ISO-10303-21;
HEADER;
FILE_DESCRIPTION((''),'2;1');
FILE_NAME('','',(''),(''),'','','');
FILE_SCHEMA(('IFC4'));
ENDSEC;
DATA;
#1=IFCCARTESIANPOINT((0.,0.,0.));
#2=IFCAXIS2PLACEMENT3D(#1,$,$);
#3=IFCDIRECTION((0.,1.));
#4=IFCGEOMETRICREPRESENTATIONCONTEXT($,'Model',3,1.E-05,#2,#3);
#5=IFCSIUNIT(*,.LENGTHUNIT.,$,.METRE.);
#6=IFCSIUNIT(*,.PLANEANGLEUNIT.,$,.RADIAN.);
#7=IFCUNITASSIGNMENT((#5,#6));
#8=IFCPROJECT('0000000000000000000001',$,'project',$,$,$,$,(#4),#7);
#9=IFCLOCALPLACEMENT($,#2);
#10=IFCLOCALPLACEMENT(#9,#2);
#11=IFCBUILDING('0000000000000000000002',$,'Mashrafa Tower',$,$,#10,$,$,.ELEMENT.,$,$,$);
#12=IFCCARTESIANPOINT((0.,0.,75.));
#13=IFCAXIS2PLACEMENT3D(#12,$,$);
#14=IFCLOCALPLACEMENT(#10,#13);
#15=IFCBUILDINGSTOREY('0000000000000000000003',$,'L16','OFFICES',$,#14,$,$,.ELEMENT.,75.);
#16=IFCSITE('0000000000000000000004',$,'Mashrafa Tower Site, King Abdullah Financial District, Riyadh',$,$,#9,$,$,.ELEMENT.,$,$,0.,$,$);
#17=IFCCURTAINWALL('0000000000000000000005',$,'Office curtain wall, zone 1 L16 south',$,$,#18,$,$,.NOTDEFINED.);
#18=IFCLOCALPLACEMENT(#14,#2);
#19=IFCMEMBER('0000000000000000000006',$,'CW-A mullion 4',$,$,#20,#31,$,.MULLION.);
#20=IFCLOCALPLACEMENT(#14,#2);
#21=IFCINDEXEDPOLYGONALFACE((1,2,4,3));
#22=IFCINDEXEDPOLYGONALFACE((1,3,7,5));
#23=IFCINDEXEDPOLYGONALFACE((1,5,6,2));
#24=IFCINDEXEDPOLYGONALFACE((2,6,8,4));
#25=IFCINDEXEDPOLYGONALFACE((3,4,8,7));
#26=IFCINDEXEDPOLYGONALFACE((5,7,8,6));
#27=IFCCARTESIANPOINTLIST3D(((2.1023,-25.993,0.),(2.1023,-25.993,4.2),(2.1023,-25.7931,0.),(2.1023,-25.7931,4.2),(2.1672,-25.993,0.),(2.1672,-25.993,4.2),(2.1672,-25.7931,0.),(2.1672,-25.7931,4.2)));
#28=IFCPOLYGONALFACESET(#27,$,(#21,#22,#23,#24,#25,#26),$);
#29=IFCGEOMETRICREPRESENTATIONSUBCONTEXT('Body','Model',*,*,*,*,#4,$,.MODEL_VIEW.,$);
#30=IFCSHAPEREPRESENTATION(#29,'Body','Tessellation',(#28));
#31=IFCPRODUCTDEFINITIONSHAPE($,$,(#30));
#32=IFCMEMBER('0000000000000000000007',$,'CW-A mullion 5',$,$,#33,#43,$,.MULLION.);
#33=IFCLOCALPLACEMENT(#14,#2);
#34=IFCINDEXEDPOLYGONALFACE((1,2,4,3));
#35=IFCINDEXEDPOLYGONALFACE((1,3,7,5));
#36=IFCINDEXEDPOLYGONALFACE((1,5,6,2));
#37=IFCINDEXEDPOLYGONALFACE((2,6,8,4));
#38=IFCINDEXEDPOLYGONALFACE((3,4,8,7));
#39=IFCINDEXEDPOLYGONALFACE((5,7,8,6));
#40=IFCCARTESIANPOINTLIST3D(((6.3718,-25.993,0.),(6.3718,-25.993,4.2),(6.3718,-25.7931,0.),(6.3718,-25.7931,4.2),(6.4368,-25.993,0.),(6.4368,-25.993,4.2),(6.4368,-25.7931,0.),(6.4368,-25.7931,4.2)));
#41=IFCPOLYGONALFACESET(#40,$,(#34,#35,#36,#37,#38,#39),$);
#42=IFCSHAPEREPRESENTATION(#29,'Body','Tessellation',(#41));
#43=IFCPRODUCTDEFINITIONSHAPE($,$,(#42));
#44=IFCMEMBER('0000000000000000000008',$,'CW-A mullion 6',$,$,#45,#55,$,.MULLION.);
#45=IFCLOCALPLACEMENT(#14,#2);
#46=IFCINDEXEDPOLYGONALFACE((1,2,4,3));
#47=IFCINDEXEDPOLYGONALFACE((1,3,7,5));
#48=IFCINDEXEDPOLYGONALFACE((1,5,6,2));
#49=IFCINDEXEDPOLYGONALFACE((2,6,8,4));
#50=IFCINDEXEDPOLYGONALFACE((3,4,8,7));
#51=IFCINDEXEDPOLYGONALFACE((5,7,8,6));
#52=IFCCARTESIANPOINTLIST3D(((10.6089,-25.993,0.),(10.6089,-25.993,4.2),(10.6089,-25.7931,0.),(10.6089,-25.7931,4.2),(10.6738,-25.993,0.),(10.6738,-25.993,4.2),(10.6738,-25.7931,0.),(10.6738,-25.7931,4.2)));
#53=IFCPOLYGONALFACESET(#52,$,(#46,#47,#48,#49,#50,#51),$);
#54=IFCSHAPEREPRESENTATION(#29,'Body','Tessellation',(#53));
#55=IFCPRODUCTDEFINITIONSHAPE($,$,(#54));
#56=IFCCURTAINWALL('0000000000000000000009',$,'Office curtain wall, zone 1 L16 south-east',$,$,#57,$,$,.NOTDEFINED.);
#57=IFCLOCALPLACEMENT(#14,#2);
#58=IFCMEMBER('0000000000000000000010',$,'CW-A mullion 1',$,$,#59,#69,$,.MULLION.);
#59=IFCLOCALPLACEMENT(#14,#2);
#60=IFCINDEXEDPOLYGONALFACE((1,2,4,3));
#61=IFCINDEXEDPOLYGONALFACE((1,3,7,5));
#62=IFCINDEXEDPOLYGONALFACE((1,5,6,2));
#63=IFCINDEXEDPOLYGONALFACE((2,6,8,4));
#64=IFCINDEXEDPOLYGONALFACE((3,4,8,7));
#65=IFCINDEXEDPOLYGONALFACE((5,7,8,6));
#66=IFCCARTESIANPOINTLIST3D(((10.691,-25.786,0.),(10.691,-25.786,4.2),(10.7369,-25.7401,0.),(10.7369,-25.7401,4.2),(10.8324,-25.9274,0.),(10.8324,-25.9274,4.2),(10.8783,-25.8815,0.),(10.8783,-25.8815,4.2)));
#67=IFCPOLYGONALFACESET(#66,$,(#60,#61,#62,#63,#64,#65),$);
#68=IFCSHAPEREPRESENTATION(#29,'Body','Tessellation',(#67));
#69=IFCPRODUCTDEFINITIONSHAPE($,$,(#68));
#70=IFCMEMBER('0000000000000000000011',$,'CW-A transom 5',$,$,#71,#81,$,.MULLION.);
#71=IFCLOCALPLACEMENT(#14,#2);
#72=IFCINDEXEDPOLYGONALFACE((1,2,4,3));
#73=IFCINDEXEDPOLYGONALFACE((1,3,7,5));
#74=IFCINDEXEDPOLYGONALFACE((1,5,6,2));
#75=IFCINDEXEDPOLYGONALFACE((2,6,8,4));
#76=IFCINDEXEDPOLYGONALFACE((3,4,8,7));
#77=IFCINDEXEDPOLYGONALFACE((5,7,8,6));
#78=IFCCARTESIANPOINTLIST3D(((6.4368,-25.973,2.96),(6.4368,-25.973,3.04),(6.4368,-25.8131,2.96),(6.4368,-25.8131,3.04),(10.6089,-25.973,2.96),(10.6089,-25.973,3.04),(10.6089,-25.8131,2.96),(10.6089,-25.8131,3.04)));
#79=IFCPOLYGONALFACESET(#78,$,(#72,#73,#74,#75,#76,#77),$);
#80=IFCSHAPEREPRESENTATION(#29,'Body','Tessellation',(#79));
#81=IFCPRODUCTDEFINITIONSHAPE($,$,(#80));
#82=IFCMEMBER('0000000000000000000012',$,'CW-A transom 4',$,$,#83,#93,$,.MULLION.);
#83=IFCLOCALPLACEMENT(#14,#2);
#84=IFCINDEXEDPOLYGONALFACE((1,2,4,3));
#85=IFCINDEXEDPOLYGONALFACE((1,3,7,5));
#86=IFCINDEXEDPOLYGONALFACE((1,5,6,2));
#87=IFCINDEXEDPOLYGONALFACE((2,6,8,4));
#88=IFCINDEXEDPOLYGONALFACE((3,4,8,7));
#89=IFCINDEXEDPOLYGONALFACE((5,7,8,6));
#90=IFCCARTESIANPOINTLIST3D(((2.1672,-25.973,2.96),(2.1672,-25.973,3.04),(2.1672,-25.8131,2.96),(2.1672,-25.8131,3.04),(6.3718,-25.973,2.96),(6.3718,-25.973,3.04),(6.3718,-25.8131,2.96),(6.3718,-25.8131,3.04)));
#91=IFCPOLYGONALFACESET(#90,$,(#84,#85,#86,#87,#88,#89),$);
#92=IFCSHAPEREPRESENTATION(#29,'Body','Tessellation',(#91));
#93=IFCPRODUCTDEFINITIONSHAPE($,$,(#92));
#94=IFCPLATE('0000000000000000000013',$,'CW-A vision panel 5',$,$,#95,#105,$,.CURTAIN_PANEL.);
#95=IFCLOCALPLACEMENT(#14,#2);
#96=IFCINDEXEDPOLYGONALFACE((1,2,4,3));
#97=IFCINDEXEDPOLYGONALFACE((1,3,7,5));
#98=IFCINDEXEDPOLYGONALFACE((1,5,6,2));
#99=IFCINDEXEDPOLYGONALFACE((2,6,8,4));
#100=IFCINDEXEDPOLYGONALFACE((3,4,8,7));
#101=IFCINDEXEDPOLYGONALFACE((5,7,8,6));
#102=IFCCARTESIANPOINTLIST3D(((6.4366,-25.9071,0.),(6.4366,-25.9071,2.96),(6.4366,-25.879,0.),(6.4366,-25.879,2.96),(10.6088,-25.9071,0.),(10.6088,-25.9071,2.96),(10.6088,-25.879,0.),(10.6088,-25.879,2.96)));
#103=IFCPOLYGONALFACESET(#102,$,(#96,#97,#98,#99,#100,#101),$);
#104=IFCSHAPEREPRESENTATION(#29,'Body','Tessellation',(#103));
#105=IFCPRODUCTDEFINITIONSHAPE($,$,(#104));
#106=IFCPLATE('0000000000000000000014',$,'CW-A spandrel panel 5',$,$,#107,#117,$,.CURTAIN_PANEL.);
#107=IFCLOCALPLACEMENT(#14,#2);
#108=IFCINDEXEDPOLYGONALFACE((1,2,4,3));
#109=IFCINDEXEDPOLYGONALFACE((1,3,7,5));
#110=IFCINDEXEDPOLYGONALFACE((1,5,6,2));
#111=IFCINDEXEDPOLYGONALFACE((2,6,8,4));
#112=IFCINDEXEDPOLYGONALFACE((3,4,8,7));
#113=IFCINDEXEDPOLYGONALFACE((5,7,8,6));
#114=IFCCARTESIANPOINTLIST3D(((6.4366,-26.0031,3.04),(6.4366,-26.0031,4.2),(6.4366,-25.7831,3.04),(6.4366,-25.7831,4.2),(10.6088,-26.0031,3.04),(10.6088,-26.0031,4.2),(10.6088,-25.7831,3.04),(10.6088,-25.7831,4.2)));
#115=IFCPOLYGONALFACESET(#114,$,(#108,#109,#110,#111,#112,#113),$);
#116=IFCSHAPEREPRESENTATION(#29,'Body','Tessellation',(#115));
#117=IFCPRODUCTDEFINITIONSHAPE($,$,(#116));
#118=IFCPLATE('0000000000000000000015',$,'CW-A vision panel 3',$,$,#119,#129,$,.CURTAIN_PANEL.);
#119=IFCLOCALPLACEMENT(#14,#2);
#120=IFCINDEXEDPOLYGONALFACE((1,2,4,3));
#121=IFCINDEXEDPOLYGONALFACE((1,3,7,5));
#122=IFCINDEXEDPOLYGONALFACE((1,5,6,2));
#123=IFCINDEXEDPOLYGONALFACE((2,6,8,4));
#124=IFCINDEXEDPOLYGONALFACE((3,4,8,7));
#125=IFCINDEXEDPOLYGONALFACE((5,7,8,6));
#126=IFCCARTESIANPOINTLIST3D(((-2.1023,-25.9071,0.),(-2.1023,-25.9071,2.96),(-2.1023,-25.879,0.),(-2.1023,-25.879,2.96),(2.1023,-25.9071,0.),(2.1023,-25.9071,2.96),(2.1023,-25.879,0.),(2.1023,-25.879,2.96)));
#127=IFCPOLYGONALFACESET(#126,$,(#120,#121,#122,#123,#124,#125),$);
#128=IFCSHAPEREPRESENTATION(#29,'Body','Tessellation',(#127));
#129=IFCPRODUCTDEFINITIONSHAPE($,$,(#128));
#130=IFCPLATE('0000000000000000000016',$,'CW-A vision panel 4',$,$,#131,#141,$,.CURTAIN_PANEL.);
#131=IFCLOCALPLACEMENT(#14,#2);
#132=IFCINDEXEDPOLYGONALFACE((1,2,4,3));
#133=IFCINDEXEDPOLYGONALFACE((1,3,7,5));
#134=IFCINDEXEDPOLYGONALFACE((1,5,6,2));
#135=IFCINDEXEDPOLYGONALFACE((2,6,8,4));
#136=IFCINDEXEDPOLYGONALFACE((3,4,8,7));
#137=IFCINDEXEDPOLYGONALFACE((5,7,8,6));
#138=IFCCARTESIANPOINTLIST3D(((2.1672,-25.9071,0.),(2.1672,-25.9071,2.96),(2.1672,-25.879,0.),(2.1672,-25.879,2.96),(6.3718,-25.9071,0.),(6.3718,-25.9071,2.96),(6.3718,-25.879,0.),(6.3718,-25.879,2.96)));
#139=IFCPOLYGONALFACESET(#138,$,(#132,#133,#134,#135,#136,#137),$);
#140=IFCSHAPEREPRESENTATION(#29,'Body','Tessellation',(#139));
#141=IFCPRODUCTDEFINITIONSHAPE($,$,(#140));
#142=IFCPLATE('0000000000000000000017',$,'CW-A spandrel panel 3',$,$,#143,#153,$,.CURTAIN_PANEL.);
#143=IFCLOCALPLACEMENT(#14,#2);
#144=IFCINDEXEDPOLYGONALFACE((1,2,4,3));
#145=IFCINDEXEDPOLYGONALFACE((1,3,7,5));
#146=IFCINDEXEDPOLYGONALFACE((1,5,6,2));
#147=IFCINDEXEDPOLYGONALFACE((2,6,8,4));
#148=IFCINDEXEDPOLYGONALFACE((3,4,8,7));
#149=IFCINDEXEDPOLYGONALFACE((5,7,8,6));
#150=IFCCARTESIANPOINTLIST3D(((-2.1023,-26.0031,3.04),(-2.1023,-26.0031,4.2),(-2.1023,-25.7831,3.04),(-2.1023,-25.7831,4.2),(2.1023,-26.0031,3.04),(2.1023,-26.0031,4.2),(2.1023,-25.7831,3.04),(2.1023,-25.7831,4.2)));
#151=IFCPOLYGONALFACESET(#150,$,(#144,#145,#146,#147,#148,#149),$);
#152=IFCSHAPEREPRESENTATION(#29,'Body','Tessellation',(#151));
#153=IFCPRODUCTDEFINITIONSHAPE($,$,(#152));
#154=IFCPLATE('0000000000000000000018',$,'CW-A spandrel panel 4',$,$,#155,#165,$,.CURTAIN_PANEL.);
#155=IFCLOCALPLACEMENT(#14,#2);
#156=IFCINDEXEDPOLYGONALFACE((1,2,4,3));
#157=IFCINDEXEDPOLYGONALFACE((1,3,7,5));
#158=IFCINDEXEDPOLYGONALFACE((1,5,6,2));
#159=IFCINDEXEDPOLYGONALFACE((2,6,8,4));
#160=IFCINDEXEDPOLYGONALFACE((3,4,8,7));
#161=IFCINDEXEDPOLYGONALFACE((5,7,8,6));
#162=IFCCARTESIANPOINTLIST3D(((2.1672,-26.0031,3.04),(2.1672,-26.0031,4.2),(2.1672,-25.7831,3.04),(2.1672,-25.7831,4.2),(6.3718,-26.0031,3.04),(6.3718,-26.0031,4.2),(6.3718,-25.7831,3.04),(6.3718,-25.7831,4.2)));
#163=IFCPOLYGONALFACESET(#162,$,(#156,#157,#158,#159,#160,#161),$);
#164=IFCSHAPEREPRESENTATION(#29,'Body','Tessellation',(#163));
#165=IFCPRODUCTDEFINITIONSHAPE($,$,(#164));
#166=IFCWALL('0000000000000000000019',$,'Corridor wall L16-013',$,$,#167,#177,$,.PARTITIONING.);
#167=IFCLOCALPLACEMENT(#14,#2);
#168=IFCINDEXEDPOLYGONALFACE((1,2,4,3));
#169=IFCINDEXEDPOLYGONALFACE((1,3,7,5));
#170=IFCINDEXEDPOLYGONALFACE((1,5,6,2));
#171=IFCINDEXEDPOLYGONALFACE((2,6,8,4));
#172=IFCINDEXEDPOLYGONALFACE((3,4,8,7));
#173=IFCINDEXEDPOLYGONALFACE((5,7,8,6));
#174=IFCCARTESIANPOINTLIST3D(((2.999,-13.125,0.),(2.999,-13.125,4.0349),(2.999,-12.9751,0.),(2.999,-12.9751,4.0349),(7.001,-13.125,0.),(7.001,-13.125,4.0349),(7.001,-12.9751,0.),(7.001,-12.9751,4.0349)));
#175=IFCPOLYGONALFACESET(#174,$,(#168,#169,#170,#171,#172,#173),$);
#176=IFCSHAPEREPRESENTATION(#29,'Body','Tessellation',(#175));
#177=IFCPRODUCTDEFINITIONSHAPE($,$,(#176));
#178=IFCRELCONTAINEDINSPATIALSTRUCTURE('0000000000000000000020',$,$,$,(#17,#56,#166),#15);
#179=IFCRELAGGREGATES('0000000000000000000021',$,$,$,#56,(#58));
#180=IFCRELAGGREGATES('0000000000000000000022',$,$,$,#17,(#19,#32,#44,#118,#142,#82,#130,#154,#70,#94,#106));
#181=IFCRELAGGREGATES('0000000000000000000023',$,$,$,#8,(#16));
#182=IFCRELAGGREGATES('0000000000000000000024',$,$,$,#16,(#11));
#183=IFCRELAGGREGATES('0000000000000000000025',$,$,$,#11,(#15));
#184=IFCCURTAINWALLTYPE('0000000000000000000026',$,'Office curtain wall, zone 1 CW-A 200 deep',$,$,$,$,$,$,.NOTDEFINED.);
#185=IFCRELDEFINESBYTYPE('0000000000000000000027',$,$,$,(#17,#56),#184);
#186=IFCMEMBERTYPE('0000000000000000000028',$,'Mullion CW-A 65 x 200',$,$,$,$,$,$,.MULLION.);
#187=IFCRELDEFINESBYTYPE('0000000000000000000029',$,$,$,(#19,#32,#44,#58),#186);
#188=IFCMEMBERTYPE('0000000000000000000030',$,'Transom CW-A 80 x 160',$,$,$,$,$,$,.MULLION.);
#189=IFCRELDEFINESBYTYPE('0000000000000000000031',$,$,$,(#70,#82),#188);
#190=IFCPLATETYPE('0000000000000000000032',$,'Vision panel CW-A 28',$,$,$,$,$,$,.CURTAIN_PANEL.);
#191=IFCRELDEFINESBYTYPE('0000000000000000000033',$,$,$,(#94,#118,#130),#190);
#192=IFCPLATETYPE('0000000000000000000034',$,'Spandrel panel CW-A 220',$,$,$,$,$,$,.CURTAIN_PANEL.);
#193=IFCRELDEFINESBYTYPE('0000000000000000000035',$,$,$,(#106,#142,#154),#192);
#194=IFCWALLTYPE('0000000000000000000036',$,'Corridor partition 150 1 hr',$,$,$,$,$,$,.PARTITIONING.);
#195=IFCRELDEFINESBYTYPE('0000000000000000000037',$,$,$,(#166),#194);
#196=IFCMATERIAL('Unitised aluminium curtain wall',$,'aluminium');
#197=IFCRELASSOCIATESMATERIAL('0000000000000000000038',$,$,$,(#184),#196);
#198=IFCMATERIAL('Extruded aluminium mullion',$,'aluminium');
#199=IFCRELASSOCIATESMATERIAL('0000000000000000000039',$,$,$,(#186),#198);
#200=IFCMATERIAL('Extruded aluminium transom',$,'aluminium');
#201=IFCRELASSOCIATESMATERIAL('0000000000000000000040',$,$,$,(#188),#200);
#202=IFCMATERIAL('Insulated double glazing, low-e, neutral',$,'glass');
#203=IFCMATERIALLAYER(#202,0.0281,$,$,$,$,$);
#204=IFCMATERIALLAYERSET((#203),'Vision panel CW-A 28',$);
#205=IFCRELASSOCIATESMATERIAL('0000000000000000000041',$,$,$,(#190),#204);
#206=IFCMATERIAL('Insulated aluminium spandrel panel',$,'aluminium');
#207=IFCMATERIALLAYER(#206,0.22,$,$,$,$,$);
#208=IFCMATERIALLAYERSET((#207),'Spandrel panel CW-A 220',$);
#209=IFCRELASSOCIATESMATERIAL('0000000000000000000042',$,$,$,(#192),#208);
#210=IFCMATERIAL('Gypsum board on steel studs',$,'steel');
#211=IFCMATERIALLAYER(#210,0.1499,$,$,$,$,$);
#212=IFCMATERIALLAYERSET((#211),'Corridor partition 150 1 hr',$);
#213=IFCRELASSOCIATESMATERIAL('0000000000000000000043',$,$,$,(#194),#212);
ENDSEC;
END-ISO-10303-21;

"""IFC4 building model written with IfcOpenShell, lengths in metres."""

from ifc_helpers import new_model, si_unit, direction, frame, frame_2d, origin, origin_2d, place, context, subcontext, project, spatial, rectangle, extrude, source, transform, mapped, material, layer, layer_set, material_profile, profile_set, type_object, type_shapes, element, aggregate, save


model = new_model("IFC4")

# Units and contexts
model_context = context("Model", 3, precision=1e-05, world=origin(), true_north=direction((0.0, 1.0)))
body_context = subcontext(model_context, "Body", "Model", "MODEL_VIEW")
ifc_project = project(units=[si_unit("LENGTHUNIT", "METRE"), si_unit("PLANEANGLEUNIT", "RADIAN")], contexts=[model_context])

# Site, building, storey
site_placement = place(None, origin())
site = spatial("IfcSite", under=ifc_project, at=site_placement, Name="Mashrafa Tower Site, King Abdullah Financial District, Riyadh", CompositionType="ELEMENT", RefElevation=0.0)
building_placement = place(site_placement, origin())
building = spatial("IfcBuilding", under=site, at=building_placement, Name="Mashrafa Tower", CompositionType="ELEMENT")
storey_placement = place(building_placement, frame((0.0, 0.0, 75.0)))
storey = spatial("IfcBuildingStorey", under=building, at=storey_placement, Name="L16", Description="OFFICES", CompositionType="ELEMENT", Elevation=75.0)

# Curtain wall, members
ifc_material_1 = material(Name="Unitised aluminium curtain wall", Category="aluminium")
curtain_wall_type = type_object("IfcCurtainWallType", Name="Office curtain wall, zone 1 CW-A 200 deep", PredefinedType="NOTDEFINED", material=ifc_material_1)
curtain_wall_1_placement = place(storey_placement, origin())
curtain_wall_1 = element("IfcCurtainWall", 1, at=curtain_wall_1_placement, inside=storey, type_object=curtain_wall_type, Name="Office curtain wall, zone 1 L16 south", PredefinedType="NOTDEFINED")
ifc_material_2 = material(Name="Extruded aluminium mullion", Category="aluminium")
ifc_material_profile_1 = material_profile(ifc_material_2, rectangle(XDim=0.2, YDim=0.0649, at=origin_2d()), Name="Mullion 65x200")
ifc_profile_set_1 = profile_set([ifc_material_profile_1], Name="Extruded aluminium mullion")
member_type_1 = type_object("IfcMemberType", Name="Mullion CW-A 65 x 200", PredefinedType="MULLION", material=ifc_profile_set_1)
shared_shape_1 = source(origin(), body_context, "Body", "SweptSolid", [
    extrude(rectangle(XDim=0.2, YDim=0.0649, at=origin_2d()), origin(), (0.0, 0.0, 1.0), 4.2),
])
type_shapes(member_type_1, [shared_shape_1])
member_1_placement = place(storey_placement, frame((2.1348, -25.8931, 0.0), z_axis=(0.0, 0.0, 1.0), x_axis=(0.0, 1.0, 0.0)))
member_1 = element("IfcMember", 2, at=member_1_placement, type_object=member_type_1, Name="CW-A mullion 4", PredefinedType="MULLION", context=body_context, shape_type="MappedRepresentation", body=[
    mapped(shared_shape_1, transform((0.0, 0.0, 0.0))),
])
member_2_placement = place(storey_placement, frame((6.4043, -25.8931, 0.0), z_axis=(0.0, 0.0, 1.0), x_axis=(0.0, 1.0, 0.0)))
member_2 = element("IfcMember", 3, at=member_2_placement, type_object=member_type_1, Name="CW-A mullion 5", PredefinedType="MULLION", context=body_context, shape_type="MappedRepresentation", body=[
    mapped(shared_shape_1, transform((0.0, 0.0, 0.0))),
])
member_3_placement = place(storey_placement, frame((10.6414, -25.8931, 0.0), z_axis=(0.0, 0.0, 1.0), x_axis=(0.0, 1.0, 0.0)))
member_3 = element("IfcMember", 4, at=member_3_placement, type_object=member_type_1, Name="CW-A mullion 6", PredefinedType="MULLION", context=body_context, shape_type="MappedRepresentation", body=[
    mapped(shared_shape_1, transform((0.0, 0.0, 0.0))),
])

# Curtain wall, member
curtain_wall_2_placement = place(storey_placement, origin())
curtain_wall_2 = element("IfcCurtainWall", 5, at=curtain_wall_2_placement, inside=storey, type_object=curtain_wall_type, Name="Office curtain wall, zone 1 L16 south-east", PredefinedType="NOTDEFINED")
member_4_placement = place(storey_placement, frame((10.7847, -25.8337, 0.0), z_axis=(0.0, 0.0, 1.0), x_axis=(-0.707107, 0.707107, 0.0)))
member_4 = element("IfcMember", 6, at=member_4_placement, type_object=member_type_1, Name="CW-A mullion 1", PredefinedType="MULLION", context=body_context, shape_type="MappedRepresentation", body=[
    mapped(shared_shape_1, transform((0.0, 0.0, 0.0))),
])
aggregate(curtain_wall_2, [member_4])

# Members
ifc_material_3 = material(Name="Extruded aluminium transom", Category="aluminium")
ifc_material_profile_2 = material_profile(ifc_material_3, rectangle(XDim=0.1599, YDim=0.0801, at=origin_2d()), Name="Transom 80x160")
ifc_profile_set_2 = profile_set([ifc_material_profile_2], Name="Extruded aluminium transom")
member_type_2 = type_object("IfcMemberType", Name="Transom CW-A 80 x 160", PredefinedType="MULLION", material=ifc_profile_set_2)
shared_shape_2 = source(origin(), body_context, "Body", "SweptSolid", [
    extrude(rectangle(XDim=0.1599, YDim=0.0801, at=origin_2d()), origin(), (0.0, 0.0, 1.0), 4.1721),
])
member_5_placement = place(storey_placement, frame((6.4368, -25.8931, 3.0), z_axis=(1.0, 0.0, 0.0), x_axis=(0.0, 1.0, 0.0)))
member_5 = element("IfcMember", 7, at=member_5_placement, type_object=member_type_2, Name="CW-A transom 5", PredefinedType="MULLION", context=body_context, shape_type="MappedRepresentation", body=[
    mapped(shared_shape_2, transform((0.0, 0.0, 0.0))),
])
shared_shape_3 = source(origin(), body_context, "Body", "SweptSolid", [
    extrude(rectangle(XDim=0.1599, YDim=0.0801, at=origin_2d()), origin(), (0.0, 0.0, 1.0), 4.2046),
])
type_shapes(member_type_2, [shared_shape_2, shared_shape_3])
member_6_placement = place(storey_placement, frame((2.1672, -25.8931, 3.0), z_axis=(1.0, 0.0, 0.0), x_axis=(0.0, 1.0, 0.0)))
member_6 = element("IfcMember", 8, at=member_6_placement, type_object=member_type_2, Name="CW-A transom 4", PredefinedType="MULLION", context=body_context, shape_type="MappedRepresentation", body=[
    mapped(shared_shape_3, transform((0.0, 0.0, 0.0))),
])

# Plates
ifc_material_4 = material(Name="Insulated double glazing, low-e, neutral", Category="glass")
ifc_layer_1 = layer(ifc_material_4, 0.0281)
ifc_layer_set_1 = layer_set([ifc_layer_1], Name="Vision panel CW-A 28")
plate_type_1 = type_object("IfcPlateType", Name="Vision panel CW-A 28", PredefinedType="CURTAIN_PANEL", material=ifc_layer_set_1)
shared_shape_4 = source(origin(), body_context, "Body", "SweptSolid", [
    extrude(rectangle(XDim=4.1721, YDim=0.0281, at=origin_2d()), origin(), (0.0, 0.0, 1.0), 2.96),
])
plate_1_placement = place(storey_placement, frame((8.5227, -25.8931, 0.0), z_axis=(0.0, 0.0, 1.0), x_axis=(1.0, 0.0, 0.0)))
plate_1 = element("IfcPlate", 9, at=plate_1_placement, type_object=plate_type_1, Name="CW-A vision panel 5", PredefinedType="CURTAIN_PANEL", context=body_context, shape_type="MappedRepresentation", body=[
    mapped(shared_shape_4, transform((0.0, 0.0, 0.0))),
])
ifc_material_5 = material(Name="Insulated aluminium spandrel panel", Category="aluminium")
ifc_layer_2 = layer(ifc_material_5, 0.22)
ifc_layer_set_2 = layer_set([ifc_layer_2], Name="Spandrel panel CW-A 220")
plate_type_2 = type_object("IfcPlateType", Name="Spandrel panel CW-A 220", PredefinedType="CURTAIN_PANEL", material=ifc_layer_set_2)
shared_shape_5 = source(origin(), body_context, "Body", "SweptSolid", [
    extrude(rectangle(XDim=4.1721, YDim=0.22, at=origin_2d()), origin(), (0.0, 0.0, 1.0), 1.1599),
])
plate_2_placement = place(storey_placement, frame((8.5227, -25.8931, 3.04), z_axis=(0.0, 0.0, 1.0), x_axis=(1.0, 0.0, 0.0)))
plate_2 = element("IfcPlate", 10, at=plate_2_placement, type_object=plate_type_2, Name="CW-A spandrel panel 5", PredefinedType="CURTAIN_PANEL", context=body_context, shape_type="MappedRepresentation", body=[
    mapped(shared_shape_5, transform((0.0, 0.0, 0.0))),
])
shared_shape_6 = source(origin(), body_context, "Body", "SweptSolid", [
    extrude(rectangle(XDim=4.2046, YDim=0.0281, at=origin_2d()), origin(), (0.0, 0.0, 1.0), 2.96),
])
type_shapes(plate_type_1, [shared_shape_4, shared_shape_6])
plate_3_placement = place(storey_placement, frame((0.0, -25.8931, 0.0), z_axis=(0.0, 0.0, 1.0), x_axis=(1.0, 0.0, 0.0)))
plate_3 = element("IfcPlate", 11, at=plate_3_placement, type_object=plate_type_1, Name="CW-A vision panel 3", PredefinedType="CURTAIN_PANEL", context=body_context, shape_type="MappedRepresentation", body=[
    mapped(shared_shape_6, transform((0.0, 0.0, 0.0))),
])
plate_4_placement = place(storey_placement, frame((4.2695, -25.8931, 0.0), z_axis=(0.0, 0.0, 1.0), x_axis=(1.0, 0.0, 0.0)))
plate_4 = element("IfcPlate", 12, at=plate_4_placement, type_object=plate_type_1, Name="CW-A vision panel 4", PredefinedType="CURTAIN_PANEL", context=body_context, shape_type="MappedRepresentation", body=[
    mapped(shared_shape_6, transform((0.0, 0.0, 0.0))),
])
shared_shape_7 = source(origin(), body_context, "Body", "SweptSolid", [
    extrude(rectangle(XDim=4.2046, YDim=0.22, at=origin_2d()), origin(), (0.0, 0.0, 1.0), 1.1599),
])
type_shapes(plate_type_2, [shared_shape_5, shared_shape_7])
plate_5_placement = place(storey_placement, frame((0.0, -25.8931, 3.04), z_axis=(0.0, 0.0, 1.0), x_axis=(1.0, 0.0, 0.0)))
plate_5 = element("IfcPlate", 13, at=plate_5_placement, type_object=plate_type_2, Name="CW-A spandrel panel 3", PredefinedType="CURTAIN_PANEL", context=body_context, shape_type="MappedRepresentation", body=[
    mapped(shared_shape_7, transform((0.0, 0.0, 0.0))),
])
plate_6_placement = place(storey_placement, frame((4.2695, -25.8931, 3.04), z_axis=(0.0, 0.0, 1.0), x_axis=(1.0, 0.0, 0.0)))
plate_6 = element("IfcPlate", 14, at=plate_6_placement, type_object=plate_type_2, Name="CW-A spandrel panel 4", PredefinedType="CURTAIN_PANEL", context=body_context, shape_type="MappedRepresentation", body=[
    mapped(shared_shape_7, transform((0.0, 0.0, 0.0))),
])
aggregate(curtain_wall_1, [member_1, member_2, member_3, plate_3, plate_5, member_6, plate_4, plate_6, member_5, plate_1, plate_2])

# Wall
ifc_material_6 = material(Name="Gypsum board on steel studs", Category="steel")
ifc_layer_3 = layer(ifc_material_6, 0.1499)
ifc_layer_set_3 = layer_set([ifc_layer_3], Name="Corridor partition 150 1 hr")
wall_type_1 = type_object("IfcWallType", Name="Corridor partition 150 1 hr", PredefinedType="PARTITIONING", material=ifc_layer_set_3)
wall_1_placement = place(storey_placement, frame((2.999, -13.05, 0.0), z_axis=(0.0, 0.0, 1.0), x_axis=(1.0, 0.0, 0.0)))
element("IfcWall", 15, at=wall_1_placement, inside=storey, type_object=wall_type_1, Name="Corridor wall L16-013", PredefinedType="PARTITIONING", context=body_context, shape_type="SweptSolid", body=[
    extrude(rectangle(XDim=4.002, YDim=0.1499, at=frame_2d((2.001, 0.0))), origin(), (0.0, 0.0, 1.0), 4.0349),
])

save(model, "model.ifc")
